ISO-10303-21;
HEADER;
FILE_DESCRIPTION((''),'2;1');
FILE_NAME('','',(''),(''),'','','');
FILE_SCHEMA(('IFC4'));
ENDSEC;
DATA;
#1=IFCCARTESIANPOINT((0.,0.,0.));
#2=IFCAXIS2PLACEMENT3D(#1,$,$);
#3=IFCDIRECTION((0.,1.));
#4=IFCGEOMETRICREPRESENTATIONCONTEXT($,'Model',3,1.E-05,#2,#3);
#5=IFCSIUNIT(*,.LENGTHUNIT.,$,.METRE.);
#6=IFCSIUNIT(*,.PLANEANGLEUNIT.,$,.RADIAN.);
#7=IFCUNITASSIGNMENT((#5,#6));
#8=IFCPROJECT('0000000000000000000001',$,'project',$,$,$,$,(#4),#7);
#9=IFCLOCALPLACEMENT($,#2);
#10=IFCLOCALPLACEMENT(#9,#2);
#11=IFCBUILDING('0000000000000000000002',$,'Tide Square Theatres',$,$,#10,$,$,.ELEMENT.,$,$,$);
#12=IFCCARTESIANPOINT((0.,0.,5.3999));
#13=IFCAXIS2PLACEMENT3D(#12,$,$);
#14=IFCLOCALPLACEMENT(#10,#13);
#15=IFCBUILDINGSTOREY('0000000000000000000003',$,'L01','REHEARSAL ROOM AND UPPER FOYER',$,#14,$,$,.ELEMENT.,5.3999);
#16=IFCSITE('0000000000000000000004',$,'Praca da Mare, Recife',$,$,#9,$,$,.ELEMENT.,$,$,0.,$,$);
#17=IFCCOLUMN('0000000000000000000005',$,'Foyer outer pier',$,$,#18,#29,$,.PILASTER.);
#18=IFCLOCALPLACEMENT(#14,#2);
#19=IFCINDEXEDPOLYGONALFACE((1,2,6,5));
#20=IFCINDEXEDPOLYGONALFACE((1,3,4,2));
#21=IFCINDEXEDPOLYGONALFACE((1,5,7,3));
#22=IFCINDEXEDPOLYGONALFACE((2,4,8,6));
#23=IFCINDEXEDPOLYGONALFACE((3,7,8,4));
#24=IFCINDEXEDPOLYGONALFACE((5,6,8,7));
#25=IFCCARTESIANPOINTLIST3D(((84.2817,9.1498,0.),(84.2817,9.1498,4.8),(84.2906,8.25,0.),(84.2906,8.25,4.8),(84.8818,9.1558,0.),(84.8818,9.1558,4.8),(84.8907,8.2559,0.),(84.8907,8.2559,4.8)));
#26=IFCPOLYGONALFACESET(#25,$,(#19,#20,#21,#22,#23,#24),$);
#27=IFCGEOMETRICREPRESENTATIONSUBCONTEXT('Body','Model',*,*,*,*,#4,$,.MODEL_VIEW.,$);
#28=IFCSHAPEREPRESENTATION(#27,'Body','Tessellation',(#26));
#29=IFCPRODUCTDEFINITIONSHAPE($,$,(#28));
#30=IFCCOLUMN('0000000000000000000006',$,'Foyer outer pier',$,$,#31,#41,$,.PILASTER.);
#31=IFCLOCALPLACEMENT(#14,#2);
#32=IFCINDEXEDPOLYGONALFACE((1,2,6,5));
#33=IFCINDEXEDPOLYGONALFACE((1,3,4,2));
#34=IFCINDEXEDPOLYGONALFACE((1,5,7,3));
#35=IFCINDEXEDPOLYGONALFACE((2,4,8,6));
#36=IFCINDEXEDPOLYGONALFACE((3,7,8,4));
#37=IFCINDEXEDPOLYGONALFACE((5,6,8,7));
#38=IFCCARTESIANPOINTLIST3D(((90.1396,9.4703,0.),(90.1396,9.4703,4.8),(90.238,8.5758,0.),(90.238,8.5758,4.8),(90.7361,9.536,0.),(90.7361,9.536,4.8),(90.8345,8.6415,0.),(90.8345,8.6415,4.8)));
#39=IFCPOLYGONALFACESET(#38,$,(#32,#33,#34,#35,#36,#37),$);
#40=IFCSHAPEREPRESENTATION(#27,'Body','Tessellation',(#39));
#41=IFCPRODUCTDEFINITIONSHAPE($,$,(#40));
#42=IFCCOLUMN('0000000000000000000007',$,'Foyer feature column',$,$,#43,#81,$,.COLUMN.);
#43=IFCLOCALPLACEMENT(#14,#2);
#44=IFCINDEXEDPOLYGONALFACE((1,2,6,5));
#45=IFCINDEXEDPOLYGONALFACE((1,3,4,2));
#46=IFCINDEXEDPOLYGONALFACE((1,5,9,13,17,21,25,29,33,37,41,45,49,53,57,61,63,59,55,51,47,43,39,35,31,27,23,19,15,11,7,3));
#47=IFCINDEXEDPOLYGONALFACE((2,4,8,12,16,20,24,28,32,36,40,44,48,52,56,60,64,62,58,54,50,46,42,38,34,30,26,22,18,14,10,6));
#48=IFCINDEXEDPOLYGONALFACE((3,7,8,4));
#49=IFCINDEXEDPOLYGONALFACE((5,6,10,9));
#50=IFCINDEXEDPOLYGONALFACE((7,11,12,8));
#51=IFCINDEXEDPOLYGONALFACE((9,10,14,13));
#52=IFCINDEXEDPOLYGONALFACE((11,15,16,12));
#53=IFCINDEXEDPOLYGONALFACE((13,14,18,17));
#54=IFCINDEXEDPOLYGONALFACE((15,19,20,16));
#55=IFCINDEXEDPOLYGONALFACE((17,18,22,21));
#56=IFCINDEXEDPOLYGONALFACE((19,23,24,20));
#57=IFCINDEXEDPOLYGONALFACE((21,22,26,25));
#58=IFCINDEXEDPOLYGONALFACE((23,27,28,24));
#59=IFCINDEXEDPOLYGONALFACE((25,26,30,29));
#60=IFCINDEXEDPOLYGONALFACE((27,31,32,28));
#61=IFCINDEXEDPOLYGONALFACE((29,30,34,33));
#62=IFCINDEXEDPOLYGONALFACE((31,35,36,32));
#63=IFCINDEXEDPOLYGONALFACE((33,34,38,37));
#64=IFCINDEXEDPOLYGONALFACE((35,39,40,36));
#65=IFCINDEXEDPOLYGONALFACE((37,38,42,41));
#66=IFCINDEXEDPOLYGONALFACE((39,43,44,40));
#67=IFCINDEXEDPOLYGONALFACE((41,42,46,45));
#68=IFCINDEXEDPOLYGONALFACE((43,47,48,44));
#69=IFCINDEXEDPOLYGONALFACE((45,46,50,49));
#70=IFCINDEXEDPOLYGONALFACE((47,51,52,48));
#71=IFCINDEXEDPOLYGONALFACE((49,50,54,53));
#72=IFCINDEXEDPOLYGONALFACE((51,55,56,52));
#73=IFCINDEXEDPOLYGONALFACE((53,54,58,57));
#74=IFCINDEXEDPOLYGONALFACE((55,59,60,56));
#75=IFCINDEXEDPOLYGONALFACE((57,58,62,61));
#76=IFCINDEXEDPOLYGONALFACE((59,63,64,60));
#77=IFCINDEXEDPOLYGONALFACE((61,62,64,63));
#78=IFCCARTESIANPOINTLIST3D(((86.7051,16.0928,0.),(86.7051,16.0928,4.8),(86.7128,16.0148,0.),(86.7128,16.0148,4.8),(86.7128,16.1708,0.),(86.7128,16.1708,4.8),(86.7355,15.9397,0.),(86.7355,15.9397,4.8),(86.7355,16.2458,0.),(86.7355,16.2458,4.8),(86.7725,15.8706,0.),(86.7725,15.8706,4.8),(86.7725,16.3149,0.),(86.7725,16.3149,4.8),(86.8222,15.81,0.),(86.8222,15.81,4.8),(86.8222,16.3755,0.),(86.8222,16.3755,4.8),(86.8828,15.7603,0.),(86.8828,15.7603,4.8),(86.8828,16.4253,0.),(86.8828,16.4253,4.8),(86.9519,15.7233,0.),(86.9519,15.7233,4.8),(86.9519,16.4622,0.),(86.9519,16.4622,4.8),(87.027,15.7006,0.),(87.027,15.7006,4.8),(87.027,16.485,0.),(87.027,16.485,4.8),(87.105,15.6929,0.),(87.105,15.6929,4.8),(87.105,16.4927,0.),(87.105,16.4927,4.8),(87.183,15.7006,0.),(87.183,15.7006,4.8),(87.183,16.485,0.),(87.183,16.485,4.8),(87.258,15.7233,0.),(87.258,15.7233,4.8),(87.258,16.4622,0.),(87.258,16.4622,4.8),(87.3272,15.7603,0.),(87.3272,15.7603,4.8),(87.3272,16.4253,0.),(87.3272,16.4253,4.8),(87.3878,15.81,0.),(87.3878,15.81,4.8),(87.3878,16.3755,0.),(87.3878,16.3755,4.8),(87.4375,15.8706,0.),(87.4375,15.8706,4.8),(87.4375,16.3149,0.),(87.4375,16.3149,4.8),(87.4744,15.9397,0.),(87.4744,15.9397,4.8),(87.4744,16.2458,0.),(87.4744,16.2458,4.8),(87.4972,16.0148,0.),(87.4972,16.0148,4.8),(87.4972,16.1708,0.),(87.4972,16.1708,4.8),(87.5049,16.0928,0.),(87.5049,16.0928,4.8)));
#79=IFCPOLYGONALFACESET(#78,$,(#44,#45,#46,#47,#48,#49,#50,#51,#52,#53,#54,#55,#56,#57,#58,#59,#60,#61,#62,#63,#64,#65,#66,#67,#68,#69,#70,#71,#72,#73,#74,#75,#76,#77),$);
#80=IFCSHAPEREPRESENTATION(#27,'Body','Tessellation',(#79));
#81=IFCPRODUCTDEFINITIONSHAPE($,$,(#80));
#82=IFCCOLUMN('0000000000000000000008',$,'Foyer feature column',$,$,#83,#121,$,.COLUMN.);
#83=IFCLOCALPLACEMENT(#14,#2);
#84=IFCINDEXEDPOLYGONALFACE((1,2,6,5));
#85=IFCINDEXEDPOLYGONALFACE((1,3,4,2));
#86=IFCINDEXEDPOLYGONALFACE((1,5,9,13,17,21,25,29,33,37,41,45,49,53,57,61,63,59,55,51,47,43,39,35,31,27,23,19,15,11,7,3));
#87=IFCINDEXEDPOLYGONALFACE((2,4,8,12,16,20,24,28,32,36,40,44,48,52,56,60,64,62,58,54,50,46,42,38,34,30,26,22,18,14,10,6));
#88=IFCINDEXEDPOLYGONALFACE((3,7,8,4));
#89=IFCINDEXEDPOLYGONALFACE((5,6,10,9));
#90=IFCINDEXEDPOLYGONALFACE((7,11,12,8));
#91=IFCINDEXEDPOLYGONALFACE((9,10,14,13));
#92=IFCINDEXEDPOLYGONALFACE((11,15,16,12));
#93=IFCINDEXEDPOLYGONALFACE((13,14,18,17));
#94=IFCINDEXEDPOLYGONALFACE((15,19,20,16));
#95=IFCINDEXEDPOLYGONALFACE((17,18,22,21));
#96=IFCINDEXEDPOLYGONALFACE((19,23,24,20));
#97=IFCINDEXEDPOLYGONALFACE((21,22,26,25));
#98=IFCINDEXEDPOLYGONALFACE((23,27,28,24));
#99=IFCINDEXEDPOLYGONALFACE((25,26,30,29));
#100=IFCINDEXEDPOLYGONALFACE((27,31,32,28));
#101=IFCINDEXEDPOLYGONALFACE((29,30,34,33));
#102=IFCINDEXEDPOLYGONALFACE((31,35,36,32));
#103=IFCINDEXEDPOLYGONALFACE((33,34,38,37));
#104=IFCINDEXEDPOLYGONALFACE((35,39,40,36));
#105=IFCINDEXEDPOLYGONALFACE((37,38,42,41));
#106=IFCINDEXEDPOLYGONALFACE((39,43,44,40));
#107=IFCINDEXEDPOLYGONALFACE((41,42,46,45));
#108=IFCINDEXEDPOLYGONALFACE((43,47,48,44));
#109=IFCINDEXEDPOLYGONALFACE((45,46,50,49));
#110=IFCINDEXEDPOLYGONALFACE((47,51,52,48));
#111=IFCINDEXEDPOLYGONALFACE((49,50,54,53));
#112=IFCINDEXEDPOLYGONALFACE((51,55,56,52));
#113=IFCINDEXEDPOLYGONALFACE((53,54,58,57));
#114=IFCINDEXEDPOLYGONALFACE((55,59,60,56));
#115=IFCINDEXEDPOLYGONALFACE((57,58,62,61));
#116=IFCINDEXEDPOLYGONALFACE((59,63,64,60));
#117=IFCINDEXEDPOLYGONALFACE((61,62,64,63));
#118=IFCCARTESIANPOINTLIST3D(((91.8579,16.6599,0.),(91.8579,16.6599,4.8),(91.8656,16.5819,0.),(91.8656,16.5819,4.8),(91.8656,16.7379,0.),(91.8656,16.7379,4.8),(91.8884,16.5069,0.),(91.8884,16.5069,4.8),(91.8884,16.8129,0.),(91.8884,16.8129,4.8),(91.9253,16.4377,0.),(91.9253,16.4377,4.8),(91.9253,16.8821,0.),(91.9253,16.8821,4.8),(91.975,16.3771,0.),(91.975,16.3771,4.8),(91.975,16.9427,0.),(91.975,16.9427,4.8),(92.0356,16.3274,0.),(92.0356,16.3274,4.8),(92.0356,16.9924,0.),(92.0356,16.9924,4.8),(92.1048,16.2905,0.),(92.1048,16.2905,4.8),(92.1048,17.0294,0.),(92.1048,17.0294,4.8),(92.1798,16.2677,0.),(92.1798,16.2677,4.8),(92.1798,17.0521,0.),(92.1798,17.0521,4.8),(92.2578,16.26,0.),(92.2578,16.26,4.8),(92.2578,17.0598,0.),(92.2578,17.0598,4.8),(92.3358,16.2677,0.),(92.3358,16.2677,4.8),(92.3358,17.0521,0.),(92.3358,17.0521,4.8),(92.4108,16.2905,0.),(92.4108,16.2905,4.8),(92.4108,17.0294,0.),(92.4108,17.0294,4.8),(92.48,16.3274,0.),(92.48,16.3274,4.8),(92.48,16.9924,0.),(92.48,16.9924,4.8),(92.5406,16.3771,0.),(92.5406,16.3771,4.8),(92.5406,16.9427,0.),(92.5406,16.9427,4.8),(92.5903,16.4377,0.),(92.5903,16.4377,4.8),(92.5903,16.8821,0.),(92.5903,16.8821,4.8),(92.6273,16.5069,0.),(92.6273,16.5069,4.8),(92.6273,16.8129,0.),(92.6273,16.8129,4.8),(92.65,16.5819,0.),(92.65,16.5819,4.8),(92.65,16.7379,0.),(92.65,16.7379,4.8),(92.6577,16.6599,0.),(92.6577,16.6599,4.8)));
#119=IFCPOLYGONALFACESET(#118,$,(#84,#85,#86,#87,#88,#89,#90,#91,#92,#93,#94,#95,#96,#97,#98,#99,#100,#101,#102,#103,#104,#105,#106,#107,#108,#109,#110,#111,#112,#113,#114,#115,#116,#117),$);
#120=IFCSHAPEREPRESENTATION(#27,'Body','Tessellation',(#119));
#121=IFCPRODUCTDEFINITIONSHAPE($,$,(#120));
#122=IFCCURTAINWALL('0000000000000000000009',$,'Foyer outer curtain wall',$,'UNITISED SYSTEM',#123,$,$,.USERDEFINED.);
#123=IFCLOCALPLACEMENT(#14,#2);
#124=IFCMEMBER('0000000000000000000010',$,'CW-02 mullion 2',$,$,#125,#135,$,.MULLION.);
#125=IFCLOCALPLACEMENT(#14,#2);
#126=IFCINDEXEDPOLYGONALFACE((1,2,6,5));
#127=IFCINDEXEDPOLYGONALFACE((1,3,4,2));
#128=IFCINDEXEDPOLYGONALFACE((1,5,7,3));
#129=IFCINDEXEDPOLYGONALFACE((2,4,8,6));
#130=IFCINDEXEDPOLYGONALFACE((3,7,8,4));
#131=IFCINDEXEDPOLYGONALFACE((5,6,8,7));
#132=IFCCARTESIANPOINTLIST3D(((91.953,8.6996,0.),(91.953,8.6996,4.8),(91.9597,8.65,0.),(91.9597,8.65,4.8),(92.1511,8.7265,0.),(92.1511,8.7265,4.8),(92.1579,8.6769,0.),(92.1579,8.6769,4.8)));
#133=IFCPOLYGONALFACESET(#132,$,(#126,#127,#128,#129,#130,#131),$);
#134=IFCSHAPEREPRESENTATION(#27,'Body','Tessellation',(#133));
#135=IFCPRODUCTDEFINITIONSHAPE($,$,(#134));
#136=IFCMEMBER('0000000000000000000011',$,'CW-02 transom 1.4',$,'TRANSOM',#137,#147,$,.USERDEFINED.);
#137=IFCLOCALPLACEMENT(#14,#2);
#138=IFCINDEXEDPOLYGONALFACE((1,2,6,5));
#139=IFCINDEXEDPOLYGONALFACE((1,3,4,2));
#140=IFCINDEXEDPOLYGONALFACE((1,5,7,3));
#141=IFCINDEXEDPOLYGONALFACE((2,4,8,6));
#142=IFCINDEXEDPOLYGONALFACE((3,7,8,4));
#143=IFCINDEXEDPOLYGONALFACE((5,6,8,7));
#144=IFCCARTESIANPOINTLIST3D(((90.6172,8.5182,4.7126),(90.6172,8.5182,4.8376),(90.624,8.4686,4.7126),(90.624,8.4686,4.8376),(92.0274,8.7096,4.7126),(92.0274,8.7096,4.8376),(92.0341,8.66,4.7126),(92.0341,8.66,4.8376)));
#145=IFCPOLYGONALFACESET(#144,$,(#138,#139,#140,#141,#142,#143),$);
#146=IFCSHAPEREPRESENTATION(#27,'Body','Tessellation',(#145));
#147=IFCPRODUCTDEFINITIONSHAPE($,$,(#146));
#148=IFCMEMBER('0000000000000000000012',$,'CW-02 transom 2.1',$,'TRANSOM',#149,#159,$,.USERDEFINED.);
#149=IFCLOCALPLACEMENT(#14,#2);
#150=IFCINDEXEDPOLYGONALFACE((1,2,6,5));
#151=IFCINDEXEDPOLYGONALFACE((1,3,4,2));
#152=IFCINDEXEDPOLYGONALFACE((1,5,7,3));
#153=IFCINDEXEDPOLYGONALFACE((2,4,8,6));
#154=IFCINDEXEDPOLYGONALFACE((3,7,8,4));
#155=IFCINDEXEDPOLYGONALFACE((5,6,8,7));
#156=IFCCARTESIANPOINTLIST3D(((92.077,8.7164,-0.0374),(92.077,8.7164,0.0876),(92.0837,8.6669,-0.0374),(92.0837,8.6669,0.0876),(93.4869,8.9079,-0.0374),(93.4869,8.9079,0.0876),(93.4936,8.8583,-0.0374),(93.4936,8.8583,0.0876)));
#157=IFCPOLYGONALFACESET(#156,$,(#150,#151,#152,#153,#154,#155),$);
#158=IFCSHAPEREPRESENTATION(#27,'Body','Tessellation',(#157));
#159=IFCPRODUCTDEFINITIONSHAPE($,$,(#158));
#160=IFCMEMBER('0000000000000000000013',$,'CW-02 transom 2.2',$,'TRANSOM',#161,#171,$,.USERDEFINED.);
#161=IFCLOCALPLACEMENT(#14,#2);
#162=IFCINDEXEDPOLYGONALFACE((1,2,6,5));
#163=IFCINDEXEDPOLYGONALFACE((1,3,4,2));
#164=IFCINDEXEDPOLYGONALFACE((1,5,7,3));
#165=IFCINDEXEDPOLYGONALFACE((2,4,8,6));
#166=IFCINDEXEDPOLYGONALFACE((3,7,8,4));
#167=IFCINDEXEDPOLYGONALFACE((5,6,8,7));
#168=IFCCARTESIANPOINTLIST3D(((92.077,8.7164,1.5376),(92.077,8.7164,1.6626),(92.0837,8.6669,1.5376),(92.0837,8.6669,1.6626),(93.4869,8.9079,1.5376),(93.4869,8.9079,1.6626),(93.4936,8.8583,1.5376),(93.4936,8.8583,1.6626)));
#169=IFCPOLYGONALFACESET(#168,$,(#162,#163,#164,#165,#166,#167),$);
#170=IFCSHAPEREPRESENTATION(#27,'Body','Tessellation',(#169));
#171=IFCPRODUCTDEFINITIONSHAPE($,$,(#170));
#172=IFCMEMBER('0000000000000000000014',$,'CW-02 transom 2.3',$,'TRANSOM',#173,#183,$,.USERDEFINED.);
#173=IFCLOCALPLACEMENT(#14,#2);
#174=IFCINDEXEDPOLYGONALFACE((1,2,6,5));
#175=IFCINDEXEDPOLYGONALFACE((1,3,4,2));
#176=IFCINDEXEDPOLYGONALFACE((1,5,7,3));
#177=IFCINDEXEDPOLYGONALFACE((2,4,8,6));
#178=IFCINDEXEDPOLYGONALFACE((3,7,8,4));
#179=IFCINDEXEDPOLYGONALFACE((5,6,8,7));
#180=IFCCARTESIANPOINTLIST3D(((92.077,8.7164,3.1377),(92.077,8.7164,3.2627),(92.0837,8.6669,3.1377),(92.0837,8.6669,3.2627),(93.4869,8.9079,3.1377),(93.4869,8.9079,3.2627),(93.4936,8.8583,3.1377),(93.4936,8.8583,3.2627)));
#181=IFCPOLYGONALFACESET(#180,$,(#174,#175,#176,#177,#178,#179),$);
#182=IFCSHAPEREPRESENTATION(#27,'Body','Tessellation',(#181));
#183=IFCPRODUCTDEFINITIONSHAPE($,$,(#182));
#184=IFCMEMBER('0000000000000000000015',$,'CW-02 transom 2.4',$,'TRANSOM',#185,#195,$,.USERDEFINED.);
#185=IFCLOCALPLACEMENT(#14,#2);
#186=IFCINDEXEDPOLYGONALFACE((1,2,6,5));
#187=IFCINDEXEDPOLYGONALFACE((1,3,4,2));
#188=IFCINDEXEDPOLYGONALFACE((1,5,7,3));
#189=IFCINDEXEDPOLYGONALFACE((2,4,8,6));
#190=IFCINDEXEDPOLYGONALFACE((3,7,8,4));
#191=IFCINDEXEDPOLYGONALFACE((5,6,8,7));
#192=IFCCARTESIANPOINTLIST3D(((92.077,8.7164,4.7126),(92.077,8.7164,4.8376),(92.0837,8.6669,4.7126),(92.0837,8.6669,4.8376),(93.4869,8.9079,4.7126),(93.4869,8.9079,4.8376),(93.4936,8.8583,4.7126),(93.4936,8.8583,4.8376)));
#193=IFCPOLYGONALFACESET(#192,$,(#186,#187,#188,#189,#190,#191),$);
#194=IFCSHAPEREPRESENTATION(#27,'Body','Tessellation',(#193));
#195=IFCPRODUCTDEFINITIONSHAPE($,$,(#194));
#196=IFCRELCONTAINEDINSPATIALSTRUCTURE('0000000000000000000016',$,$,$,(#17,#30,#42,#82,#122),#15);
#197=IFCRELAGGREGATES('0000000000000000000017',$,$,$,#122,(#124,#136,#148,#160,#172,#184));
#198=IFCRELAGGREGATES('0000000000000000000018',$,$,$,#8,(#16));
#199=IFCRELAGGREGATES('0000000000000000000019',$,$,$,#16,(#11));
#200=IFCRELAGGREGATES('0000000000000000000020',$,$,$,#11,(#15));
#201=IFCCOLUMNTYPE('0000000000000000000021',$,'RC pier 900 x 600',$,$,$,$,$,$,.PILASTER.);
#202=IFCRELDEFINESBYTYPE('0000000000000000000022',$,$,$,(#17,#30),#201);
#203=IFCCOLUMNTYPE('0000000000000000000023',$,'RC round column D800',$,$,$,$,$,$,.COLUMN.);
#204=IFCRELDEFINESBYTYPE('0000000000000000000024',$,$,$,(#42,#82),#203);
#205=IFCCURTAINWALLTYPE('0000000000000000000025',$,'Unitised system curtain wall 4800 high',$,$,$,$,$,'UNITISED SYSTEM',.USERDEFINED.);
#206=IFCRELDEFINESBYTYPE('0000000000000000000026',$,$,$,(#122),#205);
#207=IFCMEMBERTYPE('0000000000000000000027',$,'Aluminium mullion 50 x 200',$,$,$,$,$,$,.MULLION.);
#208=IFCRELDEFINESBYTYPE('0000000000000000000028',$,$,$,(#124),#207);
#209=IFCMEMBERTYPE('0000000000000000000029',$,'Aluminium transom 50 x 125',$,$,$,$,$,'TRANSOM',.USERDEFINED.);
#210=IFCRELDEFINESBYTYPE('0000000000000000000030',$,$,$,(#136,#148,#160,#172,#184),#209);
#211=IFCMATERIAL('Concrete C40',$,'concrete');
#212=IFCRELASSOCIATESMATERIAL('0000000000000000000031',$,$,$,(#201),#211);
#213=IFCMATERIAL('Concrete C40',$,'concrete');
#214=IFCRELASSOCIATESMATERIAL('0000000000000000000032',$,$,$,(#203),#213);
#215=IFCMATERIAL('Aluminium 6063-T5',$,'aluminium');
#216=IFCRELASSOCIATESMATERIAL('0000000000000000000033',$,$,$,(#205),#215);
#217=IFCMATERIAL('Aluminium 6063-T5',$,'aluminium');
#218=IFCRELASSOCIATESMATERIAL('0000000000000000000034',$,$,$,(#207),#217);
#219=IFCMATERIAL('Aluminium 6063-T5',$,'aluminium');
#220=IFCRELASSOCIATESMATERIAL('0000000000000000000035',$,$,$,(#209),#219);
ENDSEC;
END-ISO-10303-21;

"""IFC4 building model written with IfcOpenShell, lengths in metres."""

from ifc_helpers import new_model, si_unit, direction, frame, origin, origin_2d, place, context, subcontext, project, spatial, rectangle, circle, extrude, material, material_profile, profile_set, type_object, element, aggregate, save


model = new_model("IFC4")

# Units and contexts
model_context = context("Model", 3, precision=1e-05, world=origin(), true_north=direction((0.0, 1.0)))
body_context = subcontext(model_context, "Body", "Model", "MODEL_VIEW")
ifc_project = project(units=[si_unit("LENGTHUNIT", "METRE"), si_unit("PLANEANGLEUNIT", "RADIAN")], contexts=[model_context])

# Site, building, storey
site_placement = place(None, origin())
site = spatial("IfcSite", under=ifc_project, at=site_placement, Name="Praca da Mare, Recife", CompositionType="ELEMENT", RefElevation=0.0)
building_placement = place(site_placement, origin())
building = spatial("IfcBuilding", under=site, at=building_placement, Name="Tide Square Theatres", CompositionType="ELEMENT")
storey_placement = place(building_placement, frame((0.0, 0.0, 5.3999)))
storey = spatial("IfcBuildingStorey", under=building, at=storey_placement, Name="L01", Description="REHEARSAL ROOM AND UPPER FOYER", CompositionType="ELEMENT", Elevation=5.3999)

# Columns
ifc_material_1 = material(Name="Concrete C40", Category="concrete")
ifc_material_profile_1 = material_profile(ifc_material_1, rectangle(XDim=0.8999, YDim=0.6001, at=origin_2d()))
ifc_profile_set_1 = profile_set([ifc_material_profile_1], Name="Concrete C40")
column_type_1 = type_object("IfcColumnType", Name="RC pier 900 x 600", PredefinedType="PILASTER", material=ifc_profile_set_1)
for number, where, z_axis, x_axis, name in (
    (1, (84.5862, 8.7029, 0.0), (0.0, 0.0, 1.0), (0.009884, -0.999951, 0.0), "Foyer outer pier"),
    (2, (90.4871, 9.0559, 0.0), (0.0, 0.0, 1.0), (0.109393, -0.993999, 0.0), "Foyer outer pier"),
):
    element("IfcColumn", number, at=place(storey_placement, frame(where, z_axis=z_axis, x_axis=x_axis)), inside=storey, type_object=column_type_1, Name=name, PredefinedType="PILASTER", context=body_context, shape_type="SweptSolid", body=[
        extrude(rectangle(XDim=0.8999, YDim=0.6001, at=origin_2d()), origin(), (0.0, 0.0, 1.0), 4.8),
    ])
ifc_material_2 = material(Name="Concrete C40", Category="concrete")
ifc_material_profile_2 = material_profile(ifc_material_2, circle(Radius=0.3999, at=origin_2d()))
ifc_profile_set_2 = profile_set([ifc_material_profile_2], Name="Concrete C40")
column_type_2 = type_object("IfcColumnType", Name="RC round column D800", PredefinedType="COLUMN", material=ifc_profile_set_2)
for number, where, z_axis, x_axis, name in (
    (3, (87.105, 16.0928, 0.0), (0.0, 0.0, 1.0), (1.0, 0.0, 0.0), "Foyer feature column"),
    (4, (92.2578, 16.6599, 0.0), (0.0, 0.0, 1.0), (1.0, 0.0, 0.0), "Foyer feature column"),
):
    element("IfcColumn", number, at=place(storey_placement, frame(where, z_axis=z_axis, x_axis=x_axis)), inside=storey, type_object=column_type_2, Name=name, PredefinedType="COLUMN", context=body_context, shape_type="SweptSolid", body=[
        extrude(circle(Radius=0.3999, at=origin_2d()), origin(), (0.0, 0.0, 1.0), 4.8),
    ])

# Curtain wall, members
ifc_material_3 = material(Name="Aluminium 6063-T5", Category="aluminium")
curtain_wall_type = type_object("IfcCurtainWallType", Name="Unitised system curtain wall 4800 high", ElementType="UNITISED SYSTEM", PredefinedType="USERDEFINED", material=ifc_material_3)
curtain_wall_placement = place(storey_placement, origin())
curtain_wall = element("IfcCurtainWall", 5, at=curtain_wall_placement, inside=storey, type_object=curtain_wall_type, Name="Foyer outer curtain wall", ObjectType="UNITISED SYSTEM", PredefinedType="USERDEFINED")
ifc_material_4 = material(Name="Aluminium 6063-T5", Category="aluminium")
ifc_material_profile_3 = material_profile(ifc_material_4, rectangle(XDim=0.05, YDim=0.2, at=origin_2d()))
ifc_profile_set_3 = profile_set([ifc_material_profile_3], Name="Aluminium 6063-T5")
member_type_1 = type_object("IfcMemberType", Name="Aluminium mullion 50 x 200", PredefinedType="MULLION", material=ifc_profile_set_3)
member_1_placement = place(storey_placement, frame((92.0554, 8.6882, 0.0), z_axis=(0.0, 0.0, 1.0), x_axis=(-0.134577, 0.990903, 0.0)))
member_1 = element("IfcMember", 6, at=member_1_placement, type_object=member_type_1, Name="CW-02 mullion 2", PredefinedType="MULLION", context=body_context, shape_type="SweptSolid", body=[
    extrude(rectangle(XDim=0.05, YDim=0.2, at=origin_2d()), origin(), (0.0, 0.0, 1.0), 4.8),
])
ifc_material_5 = material(Name="Aluminium 6063-T5", Category="aluminium")
ifc_material_profile_4 = material_profile(ifc_material_5, rectangle(XDim=0.05, YDim=0.125, at=origin_2d()))
ifc_profile_set_4 = profile_set([ifc_material_profile_4], Name="Aluminium 6063-T5")
member_type_2 = type_object("IfcMemberType", Name="Aluminium transom 50 x 125", ElementType="TRANSOM", PredefinedType="USERDEFINED", material=ifc_profile_set_4)
member_2_placement = place(storey_placement, frame((90.6206, 8.4934, 4.7751), z_axis=(0.990913, 0.134501, 0.0), x_axis=(-0.134501, 0.990913, 0.0)))
member_2 = element("IfcMember", 7, at=member_2_placement, type_object=member_type_2, Name="CW-02 transom 1.4", ObjectType="TRANSOM", PredefinedType="USERDEFINED", context=body_context, shape_type="SweptSolid", body=[
    extrude(rectangle(XDim=0.05, YDim=0.125, at=origin_2d()), origin(), (0.0, 0.0, 1.0), 1.4231),
])
member_3_placement = place(storey_placement, frame((92.0803, 8.6917, 0.0251), z_axis=(0.99091, 0.134524, 0.0), x_axis=(-0.134524, 0.99091, 0.0)))
member_3 = element("IfcMember", 8, at=member_3_placement, type_object=member_type_2, Name="CW-02 transom 2.1", ObjectType="TRANSOM", PredefinedType="USERDEFINED", context=body_context, shape_type="SweptSolid", body=[
    extrude(rectangle(XDim=0.05, YDim=0.125, at=origin_2d()), origin(), (0.0, 0.0, 1.0), 1.4229),
])
member_4_placement = place(storey_placement, frame((92.0803, 8.6917, 1.6001), z_axis=(0.99091, 0.134524, 0.0), x_axis=(-0.134524, 0.99091, 0.0)))
member_4 = element("IfcMember", 9, at=member_4_placement, type_object=member_type_2, Name="CW-02 transom 2.2", ObjectType="TRANSOM", PredefinedType="USERDEFINED", context=body_context, shape_type="SweptSolid", body=[
    extrude(rectangle(XDim=0.05, YDim=0.125, at=origin_2d()), origin(), (0.0, 0.0, 1.0), 1.4229),
])
member_5_placement = place(storey_placement, frame((92.0803, 8.6917, 3.2002), z_axis=(0.99091, 0.134524, 0.0), x_axis=(-0.134524, 0.99091, 0.0)))
member_5 = element("IfcMember", 10, at=member_5_placement, type_object=member_type_2, Name="CW-02 transom 2.3", ObjectType="TRANSOM", PredefinedType="USERDEFINED", context=body_context, shape_type="SweptSolid", body=[
    extrude(rectangle(XDim=0.05, YDim=0.125, at=origin_2d()), origin(), (0.0, 0.0, 1.0), 1.4229),
])
member_6_placement = place(storey_placement, frame((92.0803, 8.6917, 4.7751), z_axis=(0.99091, 0.134524, 0.0), x_axis=(-0.134524, 0.99091, 0.0)))
member_6 = element("IfcMember", 11, at=member_6_placement, type_object=member_type_2, Name="CW-02 transom 2.4", ObjectType="TRANSOM", PredefinedType="USERDEFINED", context=body_context, shape_type="SweptSolid", body=[
    extrude(rectangle(XDim=0.05, YDim=0.125, at=origin_2d()), origin(), (0.0, 0.0, 1.0), 1.4229),
])

aggregate(curtain_wall, [member_1, member_2, member_3, member_4, member_5, member_6])

save(model, "model.ifc")
